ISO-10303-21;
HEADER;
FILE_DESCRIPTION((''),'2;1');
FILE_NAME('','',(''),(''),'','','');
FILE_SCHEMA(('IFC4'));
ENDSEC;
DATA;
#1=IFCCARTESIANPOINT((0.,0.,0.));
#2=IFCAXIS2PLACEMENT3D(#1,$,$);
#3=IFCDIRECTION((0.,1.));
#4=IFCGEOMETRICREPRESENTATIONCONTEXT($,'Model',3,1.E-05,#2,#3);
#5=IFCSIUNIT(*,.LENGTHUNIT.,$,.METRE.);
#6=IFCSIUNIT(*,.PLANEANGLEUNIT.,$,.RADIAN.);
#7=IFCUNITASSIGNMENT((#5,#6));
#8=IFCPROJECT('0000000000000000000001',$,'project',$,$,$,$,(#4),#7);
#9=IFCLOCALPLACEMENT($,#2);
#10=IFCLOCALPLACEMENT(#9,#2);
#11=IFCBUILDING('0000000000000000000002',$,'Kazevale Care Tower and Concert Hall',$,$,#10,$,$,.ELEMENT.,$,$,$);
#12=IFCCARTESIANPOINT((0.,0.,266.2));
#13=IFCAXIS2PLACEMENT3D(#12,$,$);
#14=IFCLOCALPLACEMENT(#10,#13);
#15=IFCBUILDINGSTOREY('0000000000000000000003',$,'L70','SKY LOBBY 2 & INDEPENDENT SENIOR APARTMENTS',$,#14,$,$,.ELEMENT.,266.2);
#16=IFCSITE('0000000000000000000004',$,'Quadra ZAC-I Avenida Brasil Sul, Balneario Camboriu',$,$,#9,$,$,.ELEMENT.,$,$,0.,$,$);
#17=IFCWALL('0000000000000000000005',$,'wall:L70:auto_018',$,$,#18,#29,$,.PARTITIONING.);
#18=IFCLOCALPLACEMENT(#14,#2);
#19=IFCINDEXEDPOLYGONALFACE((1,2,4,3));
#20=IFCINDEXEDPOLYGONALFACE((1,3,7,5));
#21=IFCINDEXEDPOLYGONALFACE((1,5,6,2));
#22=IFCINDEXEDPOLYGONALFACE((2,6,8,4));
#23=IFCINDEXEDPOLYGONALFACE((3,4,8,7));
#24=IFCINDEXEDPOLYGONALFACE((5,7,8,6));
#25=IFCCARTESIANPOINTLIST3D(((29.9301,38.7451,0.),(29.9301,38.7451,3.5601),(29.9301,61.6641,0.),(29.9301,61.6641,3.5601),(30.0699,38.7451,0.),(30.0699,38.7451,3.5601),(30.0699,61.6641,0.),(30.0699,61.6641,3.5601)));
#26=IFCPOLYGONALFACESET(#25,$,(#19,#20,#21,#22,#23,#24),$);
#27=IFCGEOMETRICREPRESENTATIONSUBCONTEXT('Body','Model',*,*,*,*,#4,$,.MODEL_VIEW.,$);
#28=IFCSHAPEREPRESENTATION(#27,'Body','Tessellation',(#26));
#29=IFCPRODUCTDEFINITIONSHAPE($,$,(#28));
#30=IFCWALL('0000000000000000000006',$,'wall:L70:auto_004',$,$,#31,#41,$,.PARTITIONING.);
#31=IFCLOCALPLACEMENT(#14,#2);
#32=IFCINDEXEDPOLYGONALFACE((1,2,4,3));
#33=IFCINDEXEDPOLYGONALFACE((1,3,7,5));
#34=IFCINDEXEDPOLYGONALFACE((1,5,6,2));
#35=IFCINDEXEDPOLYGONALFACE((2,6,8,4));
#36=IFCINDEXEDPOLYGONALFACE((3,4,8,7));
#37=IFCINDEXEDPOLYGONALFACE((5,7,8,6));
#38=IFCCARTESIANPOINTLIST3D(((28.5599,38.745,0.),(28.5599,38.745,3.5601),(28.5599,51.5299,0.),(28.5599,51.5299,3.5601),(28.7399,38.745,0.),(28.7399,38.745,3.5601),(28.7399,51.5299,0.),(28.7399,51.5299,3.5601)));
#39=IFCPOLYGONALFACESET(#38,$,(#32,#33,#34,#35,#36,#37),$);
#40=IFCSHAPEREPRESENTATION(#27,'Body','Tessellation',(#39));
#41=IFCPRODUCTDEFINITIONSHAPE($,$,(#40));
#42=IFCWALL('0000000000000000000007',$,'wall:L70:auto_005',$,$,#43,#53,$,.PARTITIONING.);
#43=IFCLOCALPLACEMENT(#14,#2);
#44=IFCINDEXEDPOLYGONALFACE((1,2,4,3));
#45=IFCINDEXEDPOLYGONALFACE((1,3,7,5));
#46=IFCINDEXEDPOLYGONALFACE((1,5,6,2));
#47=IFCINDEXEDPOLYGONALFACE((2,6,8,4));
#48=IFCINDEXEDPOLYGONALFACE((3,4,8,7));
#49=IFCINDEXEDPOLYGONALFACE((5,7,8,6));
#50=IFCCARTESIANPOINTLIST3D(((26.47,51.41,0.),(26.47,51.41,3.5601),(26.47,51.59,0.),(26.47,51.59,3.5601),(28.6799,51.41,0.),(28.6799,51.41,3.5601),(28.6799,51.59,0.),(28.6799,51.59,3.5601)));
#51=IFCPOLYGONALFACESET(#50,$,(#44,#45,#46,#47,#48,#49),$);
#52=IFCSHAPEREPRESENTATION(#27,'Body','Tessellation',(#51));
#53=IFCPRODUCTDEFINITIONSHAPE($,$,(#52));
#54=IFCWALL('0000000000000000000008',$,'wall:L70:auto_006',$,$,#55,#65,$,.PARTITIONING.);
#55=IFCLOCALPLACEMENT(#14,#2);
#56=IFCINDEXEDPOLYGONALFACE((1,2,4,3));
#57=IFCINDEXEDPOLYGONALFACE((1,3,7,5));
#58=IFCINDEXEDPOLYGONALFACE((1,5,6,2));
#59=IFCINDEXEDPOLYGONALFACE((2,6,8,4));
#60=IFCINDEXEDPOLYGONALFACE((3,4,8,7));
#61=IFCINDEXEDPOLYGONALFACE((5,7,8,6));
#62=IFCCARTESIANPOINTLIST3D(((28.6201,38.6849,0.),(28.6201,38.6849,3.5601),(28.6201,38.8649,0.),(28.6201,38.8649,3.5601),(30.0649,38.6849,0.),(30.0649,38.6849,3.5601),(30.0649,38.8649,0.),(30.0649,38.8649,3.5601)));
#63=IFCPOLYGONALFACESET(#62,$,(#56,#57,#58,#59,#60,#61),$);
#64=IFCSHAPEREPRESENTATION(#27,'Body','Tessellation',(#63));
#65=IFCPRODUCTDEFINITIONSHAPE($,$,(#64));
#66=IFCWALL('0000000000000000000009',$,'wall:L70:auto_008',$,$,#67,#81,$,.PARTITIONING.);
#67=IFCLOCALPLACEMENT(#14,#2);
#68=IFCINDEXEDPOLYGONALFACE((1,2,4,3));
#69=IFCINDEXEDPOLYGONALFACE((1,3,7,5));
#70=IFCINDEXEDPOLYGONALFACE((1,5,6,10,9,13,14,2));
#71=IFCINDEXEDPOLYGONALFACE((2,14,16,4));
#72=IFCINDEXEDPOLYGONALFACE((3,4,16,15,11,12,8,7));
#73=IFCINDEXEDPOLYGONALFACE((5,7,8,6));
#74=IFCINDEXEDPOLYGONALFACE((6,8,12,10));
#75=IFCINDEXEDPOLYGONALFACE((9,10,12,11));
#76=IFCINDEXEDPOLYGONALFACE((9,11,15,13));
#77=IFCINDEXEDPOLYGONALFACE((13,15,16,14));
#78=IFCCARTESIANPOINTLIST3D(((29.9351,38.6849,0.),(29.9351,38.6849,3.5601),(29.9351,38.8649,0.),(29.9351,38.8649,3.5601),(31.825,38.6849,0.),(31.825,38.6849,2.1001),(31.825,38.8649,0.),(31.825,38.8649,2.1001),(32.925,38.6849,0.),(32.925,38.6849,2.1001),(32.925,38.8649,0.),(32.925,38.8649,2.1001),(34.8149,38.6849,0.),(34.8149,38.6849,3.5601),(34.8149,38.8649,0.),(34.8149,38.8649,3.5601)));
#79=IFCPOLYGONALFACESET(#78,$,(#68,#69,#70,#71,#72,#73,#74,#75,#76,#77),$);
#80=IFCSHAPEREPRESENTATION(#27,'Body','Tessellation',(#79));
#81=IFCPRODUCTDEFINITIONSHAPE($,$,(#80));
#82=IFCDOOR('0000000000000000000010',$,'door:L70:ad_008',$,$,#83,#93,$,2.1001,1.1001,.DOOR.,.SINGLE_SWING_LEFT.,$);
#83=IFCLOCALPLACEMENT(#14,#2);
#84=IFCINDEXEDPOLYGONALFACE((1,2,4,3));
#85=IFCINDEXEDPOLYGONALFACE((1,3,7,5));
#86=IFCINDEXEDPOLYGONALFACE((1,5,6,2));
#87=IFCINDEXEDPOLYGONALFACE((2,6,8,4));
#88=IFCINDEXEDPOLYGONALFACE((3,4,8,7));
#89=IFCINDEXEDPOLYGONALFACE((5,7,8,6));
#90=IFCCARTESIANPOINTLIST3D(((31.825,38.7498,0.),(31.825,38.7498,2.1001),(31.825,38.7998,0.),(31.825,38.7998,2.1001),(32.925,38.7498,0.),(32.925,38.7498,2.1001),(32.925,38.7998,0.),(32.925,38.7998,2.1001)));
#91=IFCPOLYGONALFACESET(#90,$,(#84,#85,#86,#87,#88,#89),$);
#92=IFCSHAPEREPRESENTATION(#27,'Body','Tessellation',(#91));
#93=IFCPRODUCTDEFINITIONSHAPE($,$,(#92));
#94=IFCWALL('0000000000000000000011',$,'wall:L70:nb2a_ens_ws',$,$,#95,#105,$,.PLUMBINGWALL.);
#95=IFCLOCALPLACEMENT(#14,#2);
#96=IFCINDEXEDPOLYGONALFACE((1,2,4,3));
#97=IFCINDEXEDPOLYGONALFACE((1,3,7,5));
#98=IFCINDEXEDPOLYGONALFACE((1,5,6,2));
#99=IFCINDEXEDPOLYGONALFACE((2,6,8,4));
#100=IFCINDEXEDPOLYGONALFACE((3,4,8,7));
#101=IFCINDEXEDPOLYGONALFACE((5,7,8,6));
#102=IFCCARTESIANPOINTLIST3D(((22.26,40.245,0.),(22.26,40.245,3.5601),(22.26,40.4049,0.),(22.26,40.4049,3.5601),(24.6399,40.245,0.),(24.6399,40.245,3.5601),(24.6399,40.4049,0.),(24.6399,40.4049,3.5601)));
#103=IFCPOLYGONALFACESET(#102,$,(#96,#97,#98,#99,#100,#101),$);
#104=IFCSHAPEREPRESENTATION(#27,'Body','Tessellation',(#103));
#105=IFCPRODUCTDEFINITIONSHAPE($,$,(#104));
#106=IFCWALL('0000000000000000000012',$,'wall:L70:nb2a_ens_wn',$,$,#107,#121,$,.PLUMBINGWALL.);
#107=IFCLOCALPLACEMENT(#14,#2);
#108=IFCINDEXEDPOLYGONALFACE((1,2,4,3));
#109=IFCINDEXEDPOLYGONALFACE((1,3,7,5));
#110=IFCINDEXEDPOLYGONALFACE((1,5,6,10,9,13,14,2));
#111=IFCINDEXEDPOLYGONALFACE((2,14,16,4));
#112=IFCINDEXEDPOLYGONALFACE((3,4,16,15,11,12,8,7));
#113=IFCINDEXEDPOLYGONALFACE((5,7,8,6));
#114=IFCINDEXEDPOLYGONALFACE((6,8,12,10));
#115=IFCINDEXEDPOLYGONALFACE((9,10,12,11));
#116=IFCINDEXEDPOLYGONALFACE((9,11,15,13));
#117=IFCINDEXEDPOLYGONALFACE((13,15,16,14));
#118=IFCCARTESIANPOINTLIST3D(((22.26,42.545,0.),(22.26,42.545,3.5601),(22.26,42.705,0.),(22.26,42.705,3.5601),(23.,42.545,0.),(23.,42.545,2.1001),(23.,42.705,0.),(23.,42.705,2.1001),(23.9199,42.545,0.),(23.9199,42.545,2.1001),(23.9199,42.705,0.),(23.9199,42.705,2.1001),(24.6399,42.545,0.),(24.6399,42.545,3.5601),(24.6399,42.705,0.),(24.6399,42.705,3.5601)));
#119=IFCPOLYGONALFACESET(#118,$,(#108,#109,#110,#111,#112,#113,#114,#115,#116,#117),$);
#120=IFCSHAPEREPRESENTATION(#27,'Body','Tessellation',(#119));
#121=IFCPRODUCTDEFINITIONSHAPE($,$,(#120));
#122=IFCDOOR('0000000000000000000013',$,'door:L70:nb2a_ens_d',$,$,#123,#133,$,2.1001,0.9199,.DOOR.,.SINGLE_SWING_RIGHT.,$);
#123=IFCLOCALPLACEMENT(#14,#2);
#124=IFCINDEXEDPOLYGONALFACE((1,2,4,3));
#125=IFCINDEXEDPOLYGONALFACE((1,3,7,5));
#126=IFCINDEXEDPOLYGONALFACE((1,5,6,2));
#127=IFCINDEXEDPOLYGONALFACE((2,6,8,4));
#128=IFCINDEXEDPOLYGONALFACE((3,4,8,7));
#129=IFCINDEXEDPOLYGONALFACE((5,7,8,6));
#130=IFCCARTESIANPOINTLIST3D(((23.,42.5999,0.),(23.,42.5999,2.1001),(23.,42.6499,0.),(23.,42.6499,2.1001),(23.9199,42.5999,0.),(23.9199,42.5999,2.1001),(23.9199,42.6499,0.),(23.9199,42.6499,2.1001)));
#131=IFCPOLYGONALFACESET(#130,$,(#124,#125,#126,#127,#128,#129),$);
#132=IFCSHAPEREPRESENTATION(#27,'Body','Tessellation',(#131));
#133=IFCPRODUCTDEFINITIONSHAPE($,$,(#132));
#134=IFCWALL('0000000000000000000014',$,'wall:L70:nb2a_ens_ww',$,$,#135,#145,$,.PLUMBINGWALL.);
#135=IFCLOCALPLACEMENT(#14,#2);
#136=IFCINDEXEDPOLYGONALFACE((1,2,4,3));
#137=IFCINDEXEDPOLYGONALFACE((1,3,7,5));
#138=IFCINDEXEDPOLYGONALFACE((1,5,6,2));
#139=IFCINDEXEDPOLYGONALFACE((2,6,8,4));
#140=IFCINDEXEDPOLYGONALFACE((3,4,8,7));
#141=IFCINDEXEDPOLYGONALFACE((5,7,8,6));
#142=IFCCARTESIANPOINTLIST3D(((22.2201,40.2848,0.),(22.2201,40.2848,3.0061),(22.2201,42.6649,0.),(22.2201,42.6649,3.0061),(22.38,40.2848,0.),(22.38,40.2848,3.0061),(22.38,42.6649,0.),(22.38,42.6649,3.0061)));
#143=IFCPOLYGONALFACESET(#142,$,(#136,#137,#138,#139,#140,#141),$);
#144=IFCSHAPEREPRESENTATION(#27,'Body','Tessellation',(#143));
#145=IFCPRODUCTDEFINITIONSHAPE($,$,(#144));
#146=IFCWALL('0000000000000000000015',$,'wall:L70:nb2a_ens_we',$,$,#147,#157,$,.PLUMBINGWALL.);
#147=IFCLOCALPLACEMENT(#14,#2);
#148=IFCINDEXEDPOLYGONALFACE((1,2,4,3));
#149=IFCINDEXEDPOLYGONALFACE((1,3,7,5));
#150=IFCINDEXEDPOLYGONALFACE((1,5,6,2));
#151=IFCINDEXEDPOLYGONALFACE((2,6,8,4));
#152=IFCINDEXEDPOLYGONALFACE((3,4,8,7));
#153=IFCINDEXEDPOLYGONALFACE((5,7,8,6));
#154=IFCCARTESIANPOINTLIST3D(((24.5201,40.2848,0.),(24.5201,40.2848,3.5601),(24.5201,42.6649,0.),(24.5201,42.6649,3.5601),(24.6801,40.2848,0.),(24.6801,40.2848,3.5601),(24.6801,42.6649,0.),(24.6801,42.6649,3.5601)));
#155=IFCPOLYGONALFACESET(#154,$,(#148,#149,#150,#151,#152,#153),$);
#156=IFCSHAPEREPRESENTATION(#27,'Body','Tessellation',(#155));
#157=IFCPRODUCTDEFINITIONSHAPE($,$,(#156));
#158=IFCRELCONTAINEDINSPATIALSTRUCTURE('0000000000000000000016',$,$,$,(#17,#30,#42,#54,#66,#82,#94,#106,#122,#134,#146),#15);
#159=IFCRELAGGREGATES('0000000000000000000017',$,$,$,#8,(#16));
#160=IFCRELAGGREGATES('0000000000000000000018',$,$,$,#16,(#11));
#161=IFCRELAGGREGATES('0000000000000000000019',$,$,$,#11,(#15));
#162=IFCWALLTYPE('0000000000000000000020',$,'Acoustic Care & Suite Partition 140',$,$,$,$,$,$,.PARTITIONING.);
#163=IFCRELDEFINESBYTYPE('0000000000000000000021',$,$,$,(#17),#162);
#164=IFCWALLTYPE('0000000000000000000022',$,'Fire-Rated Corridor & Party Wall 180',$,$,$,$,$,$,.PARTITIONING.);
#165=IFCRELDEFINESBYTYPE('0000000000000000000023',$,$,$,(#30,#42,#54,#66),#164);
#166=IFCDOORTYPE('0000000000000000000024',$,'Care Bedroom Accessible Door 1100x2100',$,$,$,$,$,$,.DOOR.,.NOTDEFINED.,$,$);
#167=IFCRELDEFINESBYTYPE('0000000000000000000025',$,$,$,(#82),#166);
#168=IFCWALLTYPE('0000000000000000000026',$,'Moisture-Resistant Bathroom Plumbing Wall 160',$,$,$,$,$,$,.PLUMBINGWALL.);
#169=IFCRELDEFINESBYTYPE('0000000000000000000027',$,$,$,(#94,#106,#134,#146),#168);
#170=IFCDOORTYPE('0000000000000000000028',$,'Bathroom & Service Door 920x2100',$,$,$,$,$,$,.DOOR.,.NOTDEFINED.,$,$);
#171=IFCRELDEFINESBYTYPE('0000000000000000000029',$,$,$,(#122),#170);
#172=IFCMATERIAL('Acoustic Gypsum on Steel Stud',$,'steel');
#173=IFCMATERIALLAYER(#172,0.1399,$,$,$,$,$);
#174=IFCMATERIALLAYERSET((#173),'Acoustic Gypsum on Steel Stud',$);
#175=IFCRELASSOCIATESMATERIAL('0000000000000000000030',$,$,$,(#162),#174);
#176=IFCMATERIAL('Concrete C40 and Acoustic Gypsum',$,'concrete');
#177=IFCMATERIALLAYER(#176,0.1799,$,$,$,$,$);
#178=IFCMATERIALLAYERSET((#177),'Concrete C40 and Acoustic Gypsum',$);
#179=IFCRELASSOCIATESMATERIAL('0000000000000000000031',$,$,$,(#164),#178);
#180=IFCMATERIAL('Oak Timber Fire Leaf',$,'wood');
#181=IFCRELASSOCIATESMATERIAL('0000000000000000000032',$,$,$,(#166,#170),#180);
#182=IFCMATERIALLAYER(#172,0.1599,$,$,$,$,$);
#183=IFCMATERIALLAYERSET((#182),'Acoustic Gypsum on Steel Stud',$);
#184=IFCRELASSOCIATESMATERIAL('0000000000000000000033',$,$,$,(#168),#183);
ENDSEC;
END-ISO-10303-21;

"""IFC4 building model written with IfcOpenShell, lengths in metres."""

from ifc_helpers import new_model, si_unit, direction, frame, frame_2d, origin, place, context, subcontext, project, spatial, rectangle, extrude, material, layer, layer_set, type_object, element, fill, save


model = new_model("IFC4")

# Units and contexts
model_context = context("Model", 3, precision=1e-05, world=origin(), true_north=direction((0.0, 1.0)))
body_context = subcontext(model_context, "Body", "Model", "MODEL_VIEW")
ifc_project = project(units=[si_unit("LENGTHUNIT", "METRE"), si_unit("PLANEANGLEUNIT", "RADIAN")], contexts=[model_context])

# Site, building, storey
site_placement = place(None, origin())
site = spatial("IfcSite", under=ifc_project, at=site_placement, Name="Quadra ZAC-I Avenida Brasil Sul, Balneario Camboriu", CompositionType="ELEMENT", RefElevation=0.0)
building_placement = place(site_placement, origin())
building = spatial("IfcBuilding", under=site, at=building_placement, Name="Kazevale Care Tower and Concert Hall", CompositionType="ELEMENT")
storey_placement = place(building_placement, frame((0.0, 0.0, 266.2)))
storey = spatial("IfcBuildingStorey", under=building, at=storey_placement, Name="L70", Description="SKY LOBBY 2 & INDEPENDENT SENIOR APARTMENTS", CompositionType="ELEMENT", Elevation=266.2)

# Walls
ifc_material_1 = material(Name="Acoustic Gypsum on Steel Stud", Category="steel")
ifc_layer_1 = layer(ifc_material_1, 0.1399)
ifc_layer_set_1 = layer_set([ifc_layer_1], Name="Acoustic Gypsum on Steel Stud")
wall_type_1 = type_object("IfcWallType", Name="Acoustic Care & Suite Partition 140", PredefinedType="PARTITIONING", material=ifc_layer_set_1)
wall_1_placement = place(storey_placement, frame((30.0, 61.6641, 0.0), z_axis=(0.0, 0.0, 1.0), x_axis=(0.0, -1.0, 0.0)))
element("IfcWall", 1, at=wall_1_placement, inside=storey, type_object=wall_type_1, Name="wall:L70:auto_018", PredefinedType="PARTITIONING", context=body_context, shape_type="SweptSolid", body=[
    extrude(rectangle(XDim=22.9189, YDim=0.1399, at=frame_2d((11.4595, 0.0))), origin(), (0.0, 0.0, 1.0), 3.5601),
])
ifc_material_2 = material(Name="Concrete C40 and Acoustic Gypsum", Category="concrete")
ifc_layer_2 = layer(ifc_material_2, 0.1799)
ifc_layer_set_2 = layer_set([ifc_layer_2], Name="Concrete C40 and Acoustic Gypsum")
wall_type_2 = type_object("IfcWallType", Name="Fire-Rated Corridor & Party Wall 180", PredefinedType="PARTITIONING", material=ifc_layer_set_2)
wall_2_placement = place(storey_placement, frame((28.6499, 51.53, 0.0), z_axis=(0.0, 0.0, 1.0), x_axis=(0.0, -1.0, 0.0)))
element("IfcWall", 2, at=wall_2_placement, inside=storey, type_object=wall_type_2, Name="wall:L70:auto_004", PredefinedType="PARTITIONING", context=body_context, shape_type="SweptSolid", body=[
    extrude(rectangle(XDim=12.7849, YDim=0.1799, at=frame_2d((6.3926, 0.0))), origin(), (0.0, 0.0, 1.0), 3.5601),
])
wall_3_placement = place(storey_placement, frame((26.47, 51.5, 0.0), z_axis=(0.0, 0.0, 1.0), x_axis=(1.0, 0.0, 0.0)))
element("IfcWall", 3, at=wall_3_placement, inside=storey, type_object=wall_type_2, Name="wall:L70:auto_005", PredefinedType="PARTITIONING", context=body_context, shape_type="SweptSolid", body=[
    extrude(rectangle(XDim=2.21, YDim=0.1799, at=frame_2d((1.105, 0.0))), origin(), (0.0, 0.0, 1.0), 3.5601),
])
wall_4_placement = place(storey_placement, frame((28.6201, 38.7749, 0.0), z_axis=(0.0, 0.0, 1.0), x_axis=(1.0, 0.0, 0.0)))
element("IfcWall", 4, at=wall_4_placement, inside=storey, type_object=wall_type_2, Name="wall:L70:auto_006", PredefinedType="PARTITIONING", context=body_context, shape_type="SweptSolid", body=[
    extrude(rectangle(XDim=1.4448, YDim=0.1799, at=frame_2d((0.7224, 0.0))), origin(), (0.0, 0.0, 1.0), 3.5601),
])

# Wall, opening, door
wall_5_placement = place(storey_placement, frame((29.9351, 38.7749, 0.0), z_axis=(0.0, 0.0, 1.0), x_axis=(1.0, 0.0, 0.0)))
wall_5 = element("IfcWall", 5, at=wall_5_placement, inside=storey, type_object=wall_type_2, Name="wall:L70:auto_008", PredefinedType="PARTITIONING", context=body_context, shape_type="SweptSolid", body=[
    extrude(rectangle(XDim=4.8799, YDim=0.1799, at=frame_2d((2.4399, 0.0))), origin(), (0.0, 0.0, 1.0), 3.5601),
])
opening_1_placement = place(wall_5_placement, frame((1.8899, 0.0, 0.0)))
opening_1 = element("IfcOpeningElement", 6, at=opening_1_placement, cuts=wall_5, PredefinedType="OPENING", context=body_context, shape_type="SweptSolid", body=[
    extrude(rectangle(XDim=1.1001, YDim=2.1001, at=frame_2d((0.55, 1.05))), frame((0.0, 0.0999, 0.0), z_axis=(0.0, -1.0, 0.0), x_axis=(1.0, 0.0, 0.0)), (0.0, 0.0, 1.0), 0.2),
])
ifc_material_3 = material(Name="Oak Timber Fire Leaf", Category="wood")
door_type_1 = type_object("IfcDoorType", Name="Care Bedroom Accessible Door 1100x2100", OperationType="NOTDEFINED", PredefinedType="DOOR", material=ifc_material_3)
door_1_placement = place(opening_1_placement, origin())
door_1 = element("IfcDoor", 7, at=door_1_placement, inside=storey, type_object=door_type_1, Name="door:L70:ad_008", OperationType="SINGLE_SWING_LEFT", OverallHeight=2.1001, OverallWidth=1.1001, PredefinedType="DOOR", context=body_context, shape_type="SweptSolid", body=[
    extrude(rectangle(XDim=1.1001, YDim=2.1001, at=frame_2d((0.55, 1.05))), frame((0.0, 0.0249, 0.0), z_axis=(0.0, -1.0, 0.0), x_axis=(1.0, 0.0, 0.0)), (0.0, 0.0, 1.0), 0.05),
])
fill(opening_1, door_1)

# Wall
ifc_layer_3 = layer(ifc_material_1, 0.1599)
ifc_layer_set_3 = layer_set([ifc_layer_3], Name="Acoustic Gypsum on Steel Stud")
wall_type_3 = type_object("IfcWallType", Name="Moisture-Resistant Bathroom Plumbing Wall 160", PredefinedType="PLUMBINGWALL", material=ifc_layer_set_3)
wall_6_placement = place(storey_placement, frame((22.26, 40.325, 0.0), z_axis=(0.0, 0.0, 1.0), x_axis=(1.0, 0.0, 0.0)))
element("IfcWall", 8, at=wall_6_placement, inside=storey, type_object=wall_type_3, Name="wall:L70:nb2a_ens_ws", PredefinedType="PLUMBINGWALL", context=body_context, shape_type="SweptSolid", body=[
    extrude(rectangle(XDim=2.3799, YDim=0.1599, at=frame_2d((1.1899, 0.0))), origin(), (0.0, 0.0, 1.0), 3.5601),
])

# Wall, opening, door
wall_7_placement = place(storey_placement, frame((22.26, 42.625, 0.0), z_axis=(0.0, 0.0, 1.0), x_axis=(1.0, 0.0, 0.0)))
wall_7 = element("IfcWall", 9, at=wall_7_placement, inside=storey, type_object=wall_type_3, Name="wall:L70:nb2a_ens_wn", PredefinedType="PLUMBINGWALL", context=body_context, shape_type="SweptSolid", body=[
    extrude(rectangle(XDim=2.3799, YDim=0.1599, at=frame_2d((1.1899, 0.0))), origin(), (0.0, 0.0, 1.0), 3.5601),
])
opening_2_placement = place(wall_7_placement, frame((0.74, 0.0, 0.0)))
opening_2 = element("IfcOpeningElement", 10, at=opening_2_placement, cuts=wall_7, PredefinedType="OPENING", context=body_context, shape_type="SweptSolid", body=[
    extrude(rectangle(XDim=0.9199, YDim=2.1001, at=frame_2d((0.46, 1.05))), frame((0.0, 0.0898, 0.0), z_axis=(0.0, -1.0, 0.0), x_axis=(1.0, 0.0, 0.0)), (0.0, 0.0, 1.0), 0.1799),
])
door_type_2 = type_object("IfcDoorType", Name="Bathroom & Service Door 920x2100", OperationType="NOTDEFINED", PredefinedType="DOOR", material=ifc_material_3)
door_2_placement = place(opening_2_placement, origin())
door_2 = element("IfcDoor", 11, at=door_2_placement, inside=storey, type_object=door_type_2, Name="door:L70:nb2a_ens_d", OperationType="SINGLE_SWING_RIGHT", OverallHeight=2.1001, OverallWidth=0.9199, PredefinedType="DOOR", context=body_context, shape_type="SweptSolid", body=[
    extrude(rectangle(XDim=0.9199, YDim=2.1001, at=frame_2d((0.46, 1.05))), frame((0.0, 0.0249, 0.0), z_axis=(0.0, -1.0, 0.0), x_axis=(1.0, 0.0, 0.0)), (0.0, 0.0, 1.0), 0.05),
])
fill(opening_2, door_2)

# Walls
wall_8_placement = place(storey_placement, frame((22.3, 40.2849, 0.0), z_axis=(0.0, 0.0, 1.0), x_axis=(0.0, 1.0, 0.0)))
element("IfcWall", 12, at=wall_8_placement, inside=storey, type_object=wall_type_3, Name="wall:L70:nb2a_ens_ww", PredefinedType="PLUMBINGWALL", context=body_context, shape_type="SweptSolid", body=[
    extrude(rectangle(XDim=2.3801, YDim=0.1599, at=frame_2d((1.1899, 0.0))), origin(), (0.0, 0.0, 1.0), 3.0061),
])
wall_9_placement = place(storey_placement, frame((24.6001, 40.2849, 0.0), z_axis=(0.0, 0.0, 1.0), x_axis=(0.0, 1.0, 0.0)))
element("IfcWall", 13, at=wall_9_placement, inside=storey, type_object=wall_type_3, Name="wall:L70:nb2a_ens_we", PredefinedType="PLUMBINGWALL", context=body_context, shape_type="SweptSolid", body=[
    extrude(rectangle(XDim=2.3801, YDim=0.1599, at=frame_2d((1.1899, 0.0))), origin(), (0.0, 0.0, 1.0), 3.5601),
])

save(model, "model.ifc")
